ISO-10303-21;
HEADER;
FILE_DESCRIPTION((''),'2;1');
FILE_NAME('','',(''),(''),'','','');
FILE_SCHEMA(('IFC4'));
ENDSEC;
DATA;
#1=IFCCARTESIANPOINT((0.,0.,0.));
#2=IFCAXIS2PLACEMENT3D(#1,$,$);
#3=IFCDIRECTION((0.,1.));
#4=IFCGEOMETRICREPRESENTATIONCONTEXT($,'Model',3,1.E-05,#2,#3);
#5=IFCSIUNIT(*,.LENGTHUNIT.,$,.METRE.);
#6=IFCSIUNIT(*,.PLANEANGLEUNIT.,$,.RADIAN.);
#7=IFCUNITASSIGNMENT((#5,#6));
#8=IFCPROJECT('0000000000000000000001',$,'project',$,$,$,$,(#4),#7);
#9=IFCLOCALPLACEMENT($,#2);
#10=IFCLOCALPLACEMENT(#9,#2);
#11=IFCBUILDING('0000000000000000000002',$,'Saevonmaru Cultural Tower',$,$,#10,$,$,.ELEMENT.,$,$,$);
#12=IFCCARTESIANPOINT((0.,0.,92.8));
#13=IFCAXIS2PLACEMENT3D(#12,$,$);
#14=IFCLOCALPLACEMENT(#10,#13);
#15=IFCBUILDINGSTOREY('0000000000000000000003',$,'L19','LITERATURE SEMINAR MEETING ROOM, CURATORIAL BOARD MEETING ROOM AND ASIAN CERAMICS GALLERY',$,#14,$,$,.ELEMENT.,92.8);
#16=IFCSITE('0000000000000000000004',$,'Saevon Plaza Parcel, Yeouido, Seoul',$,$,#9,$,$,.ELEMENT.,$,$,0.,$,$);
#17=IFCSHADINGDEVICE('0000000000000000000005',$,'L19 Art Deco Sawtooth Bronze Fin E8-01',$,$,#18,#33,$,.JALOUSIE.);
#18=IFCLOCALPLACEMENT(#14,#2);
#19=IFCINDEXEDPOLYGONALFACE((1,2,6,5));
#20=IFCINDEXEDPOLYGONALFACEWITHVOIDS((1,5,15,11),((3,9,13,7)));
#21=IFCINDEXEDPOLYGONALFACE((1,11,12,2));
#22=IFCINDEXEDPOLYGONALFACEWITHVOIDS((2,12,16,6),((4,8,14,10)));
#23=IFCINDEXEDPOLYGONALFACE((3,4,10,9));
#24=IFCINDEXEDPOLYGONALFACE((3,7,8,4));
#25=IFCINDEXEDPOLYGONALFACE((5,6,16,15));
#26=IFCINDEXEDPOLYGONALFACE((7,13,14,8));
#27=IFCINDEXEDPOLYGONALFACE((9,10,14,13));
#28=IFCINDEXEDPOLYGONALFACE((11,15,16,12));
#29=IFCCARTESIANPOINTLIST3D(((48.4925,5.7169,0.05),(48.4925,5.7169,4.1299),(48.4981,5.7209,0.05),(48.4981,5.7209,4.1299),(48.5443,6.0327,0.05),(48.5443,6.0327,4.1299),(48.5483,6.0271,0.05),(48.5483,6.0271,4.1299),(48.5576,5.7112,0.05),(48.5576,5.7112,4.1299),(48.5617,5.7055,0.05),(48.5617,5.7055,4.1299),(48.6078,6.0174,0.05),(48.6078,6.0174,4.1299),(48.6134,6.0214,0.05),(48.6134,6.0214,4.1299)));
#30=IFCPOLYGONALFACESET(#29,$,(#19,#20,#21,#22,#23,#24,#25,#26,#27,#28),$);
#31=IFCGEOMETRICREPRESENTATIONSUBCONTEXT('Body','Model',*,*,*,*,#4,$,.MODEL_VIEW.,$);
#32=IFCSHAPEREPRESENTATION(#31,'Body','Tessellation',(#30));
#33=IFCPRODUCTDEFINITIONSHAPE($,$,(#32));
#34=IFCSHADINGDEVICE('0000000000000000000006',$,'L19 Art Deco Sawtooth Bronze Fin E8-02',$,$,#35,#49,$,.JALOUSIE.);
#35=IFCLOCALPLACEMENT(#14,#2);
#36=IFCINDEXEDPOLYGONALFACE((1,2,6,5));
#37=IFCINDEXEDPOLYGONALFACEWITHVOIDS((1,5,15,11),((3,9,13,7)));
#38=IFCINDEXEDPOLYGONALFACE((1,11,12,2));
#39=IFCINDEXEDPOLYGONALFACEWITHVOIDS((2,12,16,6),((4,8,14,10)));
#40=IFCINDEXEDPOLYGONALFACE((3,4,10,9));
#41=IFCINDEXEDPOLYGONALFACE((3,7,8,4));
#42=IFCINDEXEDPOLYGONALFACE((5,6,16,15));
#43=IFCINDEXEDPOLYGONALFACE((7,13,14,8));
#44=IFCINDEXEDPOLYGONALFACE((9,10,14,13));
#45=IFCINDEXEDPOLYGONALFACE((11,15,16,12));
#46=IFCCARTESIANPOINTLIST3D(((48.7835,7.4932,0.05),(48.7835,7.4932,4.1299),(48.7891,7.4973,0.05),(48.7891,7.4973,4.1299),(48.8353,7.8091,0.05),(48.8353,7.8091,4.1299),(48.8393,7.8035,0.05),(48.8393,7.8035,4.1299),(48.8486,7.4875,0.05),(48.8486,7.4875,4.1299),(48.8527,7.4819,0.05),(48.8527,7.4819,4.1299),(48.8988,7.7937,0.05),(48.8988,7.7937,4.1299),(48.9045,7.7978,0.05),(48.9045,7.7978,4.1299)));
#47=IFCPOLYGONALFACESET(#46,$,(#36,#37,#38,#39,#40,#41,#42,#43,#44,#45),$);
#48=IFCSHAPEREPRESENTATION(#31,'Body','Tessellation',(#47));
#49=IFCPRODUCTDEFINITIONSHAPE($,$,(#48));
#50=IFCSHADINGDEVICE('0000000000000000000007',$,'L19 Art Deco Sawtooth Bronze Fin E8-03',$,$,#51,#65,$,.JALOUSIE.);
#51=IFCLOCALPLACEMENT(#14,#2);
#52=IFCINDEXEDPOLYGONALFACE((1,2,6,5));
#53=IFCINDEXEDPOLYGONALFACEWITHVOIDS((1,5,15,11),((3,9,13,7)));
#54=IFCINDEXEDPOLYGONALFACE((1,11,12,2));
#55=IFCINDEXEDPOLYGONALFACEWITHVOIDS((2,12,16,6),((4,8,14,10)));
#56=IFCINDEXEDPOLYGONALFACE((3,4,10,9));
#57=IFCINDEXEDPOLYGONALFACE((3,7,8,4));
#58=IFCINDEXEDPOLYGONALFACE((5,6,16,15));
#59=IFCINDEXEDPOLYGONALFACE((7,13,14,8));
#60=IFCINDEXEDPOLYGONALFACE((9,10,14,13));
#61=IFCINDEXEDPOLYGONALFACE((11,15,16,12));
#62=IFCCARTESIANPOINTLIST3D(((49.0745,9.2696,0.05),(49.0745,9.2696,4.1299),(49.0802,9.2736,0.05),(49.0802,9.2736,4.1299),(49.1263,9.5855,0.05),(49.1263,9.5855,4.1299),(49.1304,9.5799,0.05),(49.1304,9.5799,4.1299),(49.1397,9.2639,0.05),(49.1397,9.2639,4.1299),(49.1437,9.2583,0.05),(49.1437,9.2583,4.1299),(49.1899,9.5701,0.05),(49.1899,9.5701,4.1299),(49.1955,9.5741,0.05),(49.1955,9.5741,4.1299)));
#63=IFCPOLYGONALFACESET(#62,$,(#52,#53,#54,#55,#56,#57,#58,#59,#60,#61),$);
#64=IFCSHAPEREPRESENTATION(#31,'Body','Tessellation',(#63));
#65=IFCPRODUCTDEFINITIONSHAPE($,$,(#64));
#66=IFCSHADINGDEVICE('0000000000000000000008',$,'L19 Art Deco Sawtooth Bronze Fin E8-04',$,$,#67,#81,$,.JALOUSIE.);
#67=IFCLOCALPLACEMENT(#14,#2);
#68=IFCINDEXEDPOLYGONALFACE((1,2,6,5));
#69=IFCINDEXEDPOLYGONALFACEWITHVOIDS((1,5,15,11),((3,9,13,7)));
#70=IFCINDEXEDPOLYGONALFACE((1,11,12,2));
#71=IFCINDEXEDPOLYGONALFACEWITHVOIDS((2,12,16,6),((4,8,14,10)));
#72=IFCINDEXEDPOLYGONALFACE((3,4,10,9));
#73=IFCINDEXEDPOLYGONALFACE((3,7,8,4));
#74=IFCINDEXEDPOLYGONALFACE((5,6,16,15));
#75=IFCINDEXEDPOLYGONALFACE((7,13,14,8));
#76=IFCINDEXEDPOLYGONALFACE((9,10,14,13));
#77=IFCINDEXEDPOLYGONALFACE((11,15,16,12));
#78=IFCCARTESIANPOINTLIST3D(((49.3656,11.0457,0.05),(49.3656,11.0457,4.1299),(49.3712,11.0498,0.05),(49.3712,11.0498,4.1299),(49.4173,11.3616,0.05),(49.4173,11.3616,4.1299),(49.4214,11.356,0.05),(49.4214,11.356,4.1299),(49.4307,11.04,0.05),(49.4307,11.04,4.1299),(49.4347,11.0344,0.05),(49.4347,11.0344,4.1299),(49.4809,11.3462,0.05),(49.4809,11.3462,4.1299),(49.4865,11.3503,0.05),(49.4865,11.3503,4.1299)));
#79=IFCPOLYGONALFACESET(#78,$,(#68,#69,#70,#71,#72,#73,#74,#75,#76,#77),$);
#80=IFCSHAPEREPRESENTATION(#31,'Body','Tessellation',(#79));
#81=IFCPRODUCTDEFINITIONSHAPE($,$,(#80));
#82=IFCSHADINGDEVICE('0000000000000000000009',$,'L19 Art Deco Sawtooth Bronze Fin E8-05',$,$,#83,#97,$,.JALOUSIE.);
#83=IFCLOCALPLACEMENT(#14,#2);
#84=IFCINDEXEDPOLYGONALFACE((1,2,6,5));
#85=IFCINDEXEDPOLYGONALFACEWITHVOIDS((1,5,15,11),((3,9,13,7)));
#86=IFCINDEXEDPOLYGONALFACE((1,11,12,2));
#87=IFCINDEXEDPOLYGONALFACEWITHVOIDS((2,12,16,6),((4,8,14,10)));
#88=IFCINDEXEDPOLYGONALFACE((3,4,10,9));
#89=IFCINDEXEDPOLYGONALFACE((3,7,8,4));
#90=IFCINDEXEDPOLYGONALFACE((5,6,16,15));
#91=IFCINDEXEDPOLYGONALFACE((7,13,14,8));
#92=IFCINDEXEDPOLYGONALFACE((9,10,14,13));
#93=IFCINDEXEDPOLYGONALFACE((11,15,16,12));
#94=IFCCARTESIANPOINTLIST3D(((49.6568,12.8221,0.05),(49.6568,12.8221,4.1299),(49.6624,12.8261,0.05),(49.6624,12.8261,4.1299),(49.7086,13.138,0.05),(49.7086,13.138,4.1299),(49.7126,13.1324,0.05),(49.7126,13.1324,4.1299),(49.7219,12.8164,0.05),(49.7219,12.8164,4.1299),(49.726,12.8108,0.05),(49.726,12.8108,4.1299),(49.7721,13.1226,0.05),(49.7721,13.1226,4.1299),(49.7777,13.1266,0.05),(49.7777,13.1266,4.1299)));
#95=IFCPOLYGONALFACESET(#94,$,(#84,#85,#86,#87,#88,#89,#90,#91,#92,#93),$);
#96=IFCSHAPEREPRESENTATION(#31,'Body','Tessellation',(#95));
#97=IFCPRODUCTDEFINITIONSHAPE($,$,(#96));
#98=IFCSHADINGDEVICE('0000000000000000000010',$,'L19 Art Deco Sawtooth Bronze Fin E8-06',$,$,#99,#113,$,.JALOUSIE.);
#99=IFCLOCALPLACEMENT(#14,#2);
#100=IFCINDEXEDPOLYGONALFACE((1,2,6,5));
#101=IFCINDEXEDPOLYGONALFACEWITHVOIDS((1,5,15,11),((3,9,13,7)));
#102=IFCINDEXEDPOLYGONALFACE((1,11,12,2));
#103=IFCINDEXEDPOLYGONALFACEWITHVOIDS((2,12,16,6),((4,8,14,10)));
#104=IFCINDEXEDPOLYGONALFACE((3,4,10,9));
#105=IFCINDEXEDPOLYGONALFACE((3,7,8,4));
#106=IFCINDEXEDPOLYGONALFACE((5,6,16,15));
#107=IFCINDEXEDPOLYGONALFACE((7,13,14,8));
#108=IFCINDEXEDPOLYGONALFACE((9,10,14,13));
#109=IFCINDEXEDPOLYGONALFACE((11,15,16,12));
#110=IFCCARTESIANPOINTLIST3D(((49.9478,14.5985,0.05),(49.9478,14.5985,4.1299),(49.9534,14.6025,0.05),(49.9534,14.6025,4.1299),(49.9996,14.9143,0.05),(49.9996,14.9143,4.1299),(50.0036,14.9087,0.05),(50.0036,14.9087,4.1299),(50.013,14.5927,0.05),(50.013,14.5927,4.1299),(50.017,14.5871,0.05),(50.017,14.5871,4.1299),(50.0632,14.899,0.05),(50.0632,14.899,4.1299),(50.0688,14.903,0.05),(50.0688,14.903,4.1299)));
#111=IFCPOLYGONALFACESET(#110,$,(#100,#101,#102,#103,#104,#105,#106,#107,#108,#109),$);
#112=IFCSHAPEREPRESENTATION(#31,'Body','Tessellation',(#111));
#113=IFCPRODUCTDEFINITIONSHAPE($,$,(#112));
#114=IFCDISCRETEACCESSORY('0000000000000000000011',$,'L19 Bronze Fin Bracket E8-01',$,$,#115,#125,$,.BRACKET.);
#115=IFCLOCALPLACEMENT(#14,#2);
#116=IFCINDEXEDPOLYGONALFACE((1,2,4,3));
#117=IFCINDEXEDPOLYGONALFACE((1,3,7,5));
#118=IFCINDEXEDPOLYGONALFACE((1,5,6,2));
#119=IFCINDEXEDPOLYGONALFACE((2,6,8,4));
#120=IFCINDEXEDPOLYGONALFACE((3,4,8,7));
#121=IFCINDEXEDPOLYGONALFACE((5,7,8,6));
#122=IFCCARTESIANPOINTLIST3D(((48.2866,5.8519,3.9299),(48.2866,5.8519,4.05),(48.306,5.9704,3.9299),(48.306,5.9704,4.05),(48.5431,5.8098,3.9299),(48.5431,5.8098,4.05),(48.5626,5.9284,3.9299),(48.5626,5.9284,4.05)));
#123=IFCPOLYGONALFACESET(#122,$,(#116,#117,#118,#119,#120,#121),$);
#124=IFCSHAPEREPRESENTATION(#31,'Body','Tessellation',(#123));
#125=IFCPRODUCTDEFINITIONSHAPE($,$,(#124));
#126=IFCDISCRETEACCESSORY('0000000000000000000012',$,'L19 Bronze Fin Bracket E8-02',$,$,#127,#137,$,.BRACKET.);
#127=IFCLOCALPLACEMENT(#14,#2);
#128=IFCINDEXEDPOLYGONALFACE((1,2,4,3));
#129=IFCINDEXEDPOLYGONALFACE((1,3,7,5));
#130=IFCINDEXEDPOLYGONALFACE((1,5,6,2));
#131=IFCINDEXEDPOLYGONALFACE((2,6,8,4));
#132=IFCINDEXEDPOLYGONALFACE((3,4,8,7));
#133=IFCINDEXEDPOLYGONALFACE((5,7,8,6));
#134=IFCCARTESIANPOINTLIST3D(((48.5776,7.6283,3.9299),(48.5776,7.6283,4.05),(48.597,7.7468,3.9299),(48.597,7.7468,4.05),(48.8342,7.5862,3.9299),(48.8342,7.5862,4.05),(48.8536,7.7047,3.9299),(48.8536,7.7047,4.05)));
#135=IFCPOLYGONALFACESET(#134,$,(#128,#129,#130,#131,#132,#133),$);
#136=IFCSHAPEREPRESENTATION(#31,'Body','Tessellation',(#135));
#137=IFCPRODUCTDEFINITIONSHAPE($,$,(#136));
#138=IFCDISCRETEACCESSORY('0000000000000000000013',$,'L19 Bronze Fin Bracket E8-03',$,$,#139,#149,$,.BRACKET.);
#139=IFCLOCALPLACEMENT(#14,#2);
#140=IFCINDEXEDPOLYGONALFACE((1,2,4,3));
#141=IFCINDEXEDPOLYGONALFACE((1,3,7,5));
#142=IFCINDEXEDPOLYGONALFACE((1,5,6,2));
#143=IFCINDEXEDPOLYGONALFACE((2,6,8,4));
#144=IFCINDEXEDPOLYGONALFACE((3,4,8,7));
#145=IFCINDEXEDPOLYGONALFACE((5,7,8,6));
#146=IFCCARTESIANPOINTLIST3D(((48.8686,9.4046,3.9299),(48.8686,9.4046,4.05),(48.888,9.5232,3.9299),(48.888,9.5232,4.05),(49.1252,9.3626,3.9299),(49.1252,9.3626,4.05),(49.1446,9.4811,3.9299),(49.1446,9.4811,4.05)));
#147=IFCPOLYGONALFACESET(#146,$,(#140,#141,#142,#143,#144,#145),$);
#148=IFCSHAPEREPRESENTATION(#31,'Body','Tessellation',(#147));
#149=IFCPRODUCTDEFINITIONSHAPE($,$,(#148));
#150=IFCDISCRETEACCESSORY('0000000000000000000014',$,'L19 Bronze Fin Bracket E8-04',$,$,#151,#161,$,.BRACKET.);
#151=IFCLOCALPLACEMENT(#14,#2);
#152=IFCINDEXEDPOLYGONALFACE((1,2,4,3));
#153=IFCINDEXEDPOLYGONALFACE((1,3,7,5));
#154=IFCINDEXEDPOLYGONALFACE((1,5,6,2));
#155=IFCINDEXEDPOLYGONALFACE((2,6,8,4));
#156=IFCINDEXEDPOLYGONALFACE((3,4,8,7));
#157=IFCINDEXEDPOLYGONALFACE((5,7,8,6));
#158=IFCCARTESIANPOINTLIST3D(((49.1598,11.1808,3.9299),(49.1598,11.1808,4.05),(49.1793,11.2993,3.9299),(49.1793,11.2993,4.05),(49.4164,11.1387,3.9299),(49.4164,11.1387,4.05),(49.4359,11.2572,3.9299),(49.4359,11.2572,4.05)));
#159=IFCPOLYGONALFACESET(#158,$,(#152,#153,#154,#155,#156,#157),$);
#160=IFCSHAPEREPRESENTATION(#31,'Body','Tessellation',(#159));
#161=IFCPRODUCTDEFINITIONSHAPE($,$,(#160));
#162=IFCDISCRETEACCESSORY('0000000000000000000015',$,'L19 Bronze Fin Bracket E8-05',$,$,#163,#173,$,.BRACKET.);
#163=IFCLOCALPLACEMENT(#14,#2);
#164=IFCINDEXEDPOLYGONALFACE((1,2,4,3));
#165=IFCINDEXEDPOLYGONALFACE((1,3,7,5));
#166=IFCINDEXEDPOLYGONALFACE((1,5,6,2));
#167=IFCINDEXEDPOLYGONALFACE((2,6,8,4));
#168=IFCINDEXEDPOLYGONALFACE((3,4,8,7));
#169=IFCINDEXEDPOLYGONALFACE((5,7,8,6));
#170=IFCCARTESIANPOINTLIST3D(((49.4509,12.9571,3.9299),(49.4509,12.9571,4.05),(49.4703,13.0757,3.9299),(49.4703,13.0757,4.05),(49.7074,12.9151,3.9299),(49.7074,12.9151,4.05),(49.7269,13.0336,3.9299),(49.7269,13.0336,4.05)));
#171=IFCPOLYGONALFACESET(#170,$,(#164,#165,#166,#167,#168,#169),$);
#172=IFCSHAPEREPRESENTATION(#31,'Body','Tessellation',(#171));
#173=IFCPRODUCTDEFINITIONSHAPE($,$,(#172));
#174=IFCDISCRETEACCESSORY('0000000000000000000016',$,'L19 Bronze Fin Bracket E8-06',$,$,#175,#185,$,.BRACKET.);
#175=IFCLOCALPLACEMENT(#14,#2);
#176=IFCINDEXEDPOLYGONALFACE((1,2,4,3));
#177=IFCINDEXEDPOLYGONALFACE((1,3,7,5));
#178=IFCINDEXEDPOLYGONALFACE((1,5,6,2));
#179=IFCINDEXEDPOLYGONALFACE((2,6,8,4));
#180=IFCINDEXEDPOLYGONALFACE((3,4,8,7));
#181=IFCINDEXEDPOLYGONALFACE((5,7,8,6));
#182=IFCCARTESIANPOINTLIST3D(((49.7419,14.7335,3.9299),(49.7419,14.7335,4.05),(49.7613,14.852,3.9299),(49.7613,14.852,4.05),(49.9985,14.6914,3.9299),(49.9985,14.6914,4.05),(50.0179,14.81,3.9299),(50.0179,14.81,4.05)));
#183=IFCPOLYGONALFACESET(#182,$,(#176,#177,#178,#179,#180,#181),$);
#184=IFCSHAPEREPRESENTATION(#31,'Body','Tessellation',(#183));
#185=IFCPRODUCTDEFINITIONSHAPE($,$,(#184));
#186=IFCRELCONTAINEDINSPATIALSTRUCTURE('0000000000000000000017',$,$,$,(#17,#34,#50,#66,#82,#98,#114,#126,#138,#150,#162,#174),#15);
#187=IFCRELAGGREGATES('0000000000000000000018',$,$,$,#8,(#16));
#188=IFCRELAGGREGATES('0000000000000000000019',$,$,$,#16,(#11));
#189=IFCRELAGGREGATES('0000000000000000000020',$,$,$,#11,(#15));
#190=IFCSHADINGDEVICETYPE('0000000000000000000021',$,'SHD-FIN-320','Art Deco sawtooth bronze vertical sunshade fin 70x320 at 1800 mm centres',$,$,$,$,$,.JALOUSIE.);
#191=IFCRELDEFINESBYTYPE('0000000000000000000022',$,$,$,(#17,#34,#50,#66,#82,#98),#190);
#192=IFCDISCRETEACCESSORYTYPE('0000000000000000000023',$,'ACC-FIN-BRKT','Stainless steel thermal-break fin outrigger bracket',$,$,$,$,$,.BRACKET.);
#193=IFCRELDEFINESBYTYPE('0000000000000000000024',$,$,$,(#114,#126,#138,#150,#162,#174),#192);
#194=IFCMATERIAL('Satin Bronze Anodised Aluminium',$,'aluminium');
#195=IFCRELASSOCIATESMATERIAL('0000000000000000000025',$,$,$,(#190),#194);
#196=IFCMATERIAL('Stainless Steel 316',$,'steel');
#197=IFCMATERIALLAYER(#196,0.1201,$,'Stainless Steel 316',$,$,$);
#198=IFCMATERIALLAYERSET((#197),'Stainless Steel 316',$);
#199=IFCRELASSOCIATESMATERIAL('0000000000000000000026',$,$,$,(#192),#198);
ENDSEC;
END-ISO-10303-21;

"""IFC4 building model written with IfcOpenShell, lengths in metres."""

from ifc_helpers import new_model, si_unit, direction, frame, origin, origin_2d, place, context, subcontext, project, spatial, rectangle, hollow_rectangle, extrude, material, layer, layer_set, material_profile, profile_set, type_object, element, save


model = new_model("IFC4")

# Units and contexts
model_context = context("Model", 3, precision=1e-05, world=origin(), true_north=direction((0.0, 1.0)))
body_context = subcontext(model_context, "Body", "Model", "MODEL_VIEW")
ifc_project = project(units=[si_unit("LENGTHUNIT", "METRE"), si_unit("PLANEANGLEUNIT", "RADIAN")], contexts=[model_context])

# Site, building, storey
site_placement = place(None, origin())
site = spatial("IfcSite", under=ifc_project, at=site_placement, Name="Saevon Plaza Parcel, Yeouido, Seoul", CompositionType="ELEMENT", RefElevation=0.0)
building_placement = place(site_placement, origin())
building = spatial("IfcBuilding", under=site, at=building_placement, Name="Saevonmaru Cultural Tower", CompositionType="ELEMENT")
storey_placement = place(building_placement, frame((0.0, 0.0, 92.8)))
storey = spatial("IfcBuildingStorey", under=building, at=storey_placement, Name="L19", Description="LITERATURE SEMINAR MEETING ROOM, CURATORIAL BOARD MEETING ROOM AND ASIAN CERAMICS GALLERY", CompositionType="ELEMENT", Elevation=92.8)

# Shared definitions
ifc_material_1 = material(Name="Satin Bronze Anodised Aluminium", Category="aluminium")

# Shading devices
ifc_material_profile_1 = material_profile(ifc_material_1, hollow_rectangle(XDim=0.0701, YDim=0.3201, WallThickness=0.0049, at=origin_2d()), Name="FIN-320x70")
ifc_profile_set_1 = profile_set([ifc_material_profile_1], Name="Satin Bronze Anodised Aluminium")
shading_device_type = type_object("IfcShadingDeviceType", Name="SHD-FIN-320", Description="Art Deco sawtooth bronze vertical sunshade fin 70x320 at 1800 mm centres", PredefinedType="JALOUSIE", material=ifc_profile_set_1)
for number, where, z_axis, x_axis, name in (
    (1, (48.553, 5.8691, 0.05), (0.0, 0.0, 1.0), (0.986827, -0.161776, 0.0), "L19 Art Deco Sawtooth Bronze Fin E8-01"),
    (2, (48.844, 7.6455, 0.05), (0.0, 0.0, 1.0), (0.986827, -0.161776, 0.0), "L19 Art Deco Sawtooth Bronze Fin E8-02"),
    (3, (49.135, 9.4219, 0.05), (0.0, 0.0, 1.0), (0.986827, -0.161776, 0.0), "L19 Art Deco Sawtooth Bronze Fin E8-03"),
    (4, (49.426, 11.198, 0.05), (0.0, 0.0, 1.0), (0.986827, -0.161776, 0.0), "L19 Art Deco Sawtooth Bronze Fin E8-04"),
    (5, (49.7173, 12.9744, 0.05), (0.0, 0.0, 1.0), (0.986827, -0.161776, 0.0), "L19 Art Deco Sawtooth Bronze Fin E8-05"),
    (6, (50.0083, 14.7507, 0.05), (0.0, 0.0, 1.0), (0.986827, -0.161776, 0.0), "L19 Art Deco Sawtooth Bronze Fin E8-06"),
):
    element("IfcShadingDevice", number, at=place(storey_placement, frame(where, z_axis=z_axis, x_axis=x_axis)), inside=storey, type_object=shading_device_type, Name=name, PredefinedType="JALOUSIE", context=body_context, shape_type="SweptSolid", body=[
        extrude(hollow_rectangle(XDim=0.0701, YDim=0.3201, WallThickness=0.0049, at=origin_2d()), origin(), (0.0, 0.0, 1.0), 4.0798),
    ])

# Discrete accessories
ifc_material_2 = material(Name="Stainless Steel 316", Category="steel")
ifc_layer_1 = layer(ifc_material_2, 0.1201, Name="Stainless Steel 316")
ifc_layer_set_1 = layer_set([ifc_layer_1], Name="Stainless Steel 316")
discrete_accessory_type = type_object("IfcDiscreteAccessoryType", Name="ACC-FIN-BRKT", Description="Stainless steel thermal-break fin outrigger bracket", PredefinedType="BRACKET", material=ifc_layer_set_1)
for number, where, z_axis, x_axis, name in (
    (7, (48.4246, 5.8901, 3.9299), (0.0, 0.0, 1.0), (0.986827, -0.161776, 0.0), "L19 Bronze Fin Bracket E8-01"),
    (8, (48.7156, 7.6665, 3.9299), (0.0, 0.0, 1.0), (0.986827, -0.161776, 0.0), "L19 Bronze Fin Bracket E8-02"),
    (9, (49.0066, 9.4429, 3.9299), (0.0, 0.0, 1.0), (0.986827, -0.161776, 0.0), "L19 Bronze Fin Bracket E8-03"),
    (10, (49.2979, 11.219, 3.9299), (0.0, 0.0, 1.0), (0.986827, -0.161776, 0.0), "L19 Bronze Fin Bracket E8-04"),
    (11, (49.5889, 12.9954, 3.9299), (0.0, 0.0, 1.0), (0.986827, -0.161776, 0.0), "L19 Bronze Fin Bracket E8-05"),
    (12, (49.8799, 14.7717, 3.9299), (0.0, 0.0, 1.0), (0.986827, -0.161776, 0.0), "L19 Bronze Fin Bracket E8-06"),
):
    element("IfcDiscreteAccessory", number, at=place(storey_placement, frame(where, z_axis=z_axis, x_axis=x_axis)), inside=storey, type_object=discrete_accessory_type, Name=name, PredefinedType="BRACKET", context=body_context, shape_type="SweptSolid", body=[
        extrude(rectangle(XDim=0.26, YDim=0.1201, at=origin_2d()), origin(), (0.0, 0.0, 1.0), 0.1201),
    ])

save(model, "model.ifc")
